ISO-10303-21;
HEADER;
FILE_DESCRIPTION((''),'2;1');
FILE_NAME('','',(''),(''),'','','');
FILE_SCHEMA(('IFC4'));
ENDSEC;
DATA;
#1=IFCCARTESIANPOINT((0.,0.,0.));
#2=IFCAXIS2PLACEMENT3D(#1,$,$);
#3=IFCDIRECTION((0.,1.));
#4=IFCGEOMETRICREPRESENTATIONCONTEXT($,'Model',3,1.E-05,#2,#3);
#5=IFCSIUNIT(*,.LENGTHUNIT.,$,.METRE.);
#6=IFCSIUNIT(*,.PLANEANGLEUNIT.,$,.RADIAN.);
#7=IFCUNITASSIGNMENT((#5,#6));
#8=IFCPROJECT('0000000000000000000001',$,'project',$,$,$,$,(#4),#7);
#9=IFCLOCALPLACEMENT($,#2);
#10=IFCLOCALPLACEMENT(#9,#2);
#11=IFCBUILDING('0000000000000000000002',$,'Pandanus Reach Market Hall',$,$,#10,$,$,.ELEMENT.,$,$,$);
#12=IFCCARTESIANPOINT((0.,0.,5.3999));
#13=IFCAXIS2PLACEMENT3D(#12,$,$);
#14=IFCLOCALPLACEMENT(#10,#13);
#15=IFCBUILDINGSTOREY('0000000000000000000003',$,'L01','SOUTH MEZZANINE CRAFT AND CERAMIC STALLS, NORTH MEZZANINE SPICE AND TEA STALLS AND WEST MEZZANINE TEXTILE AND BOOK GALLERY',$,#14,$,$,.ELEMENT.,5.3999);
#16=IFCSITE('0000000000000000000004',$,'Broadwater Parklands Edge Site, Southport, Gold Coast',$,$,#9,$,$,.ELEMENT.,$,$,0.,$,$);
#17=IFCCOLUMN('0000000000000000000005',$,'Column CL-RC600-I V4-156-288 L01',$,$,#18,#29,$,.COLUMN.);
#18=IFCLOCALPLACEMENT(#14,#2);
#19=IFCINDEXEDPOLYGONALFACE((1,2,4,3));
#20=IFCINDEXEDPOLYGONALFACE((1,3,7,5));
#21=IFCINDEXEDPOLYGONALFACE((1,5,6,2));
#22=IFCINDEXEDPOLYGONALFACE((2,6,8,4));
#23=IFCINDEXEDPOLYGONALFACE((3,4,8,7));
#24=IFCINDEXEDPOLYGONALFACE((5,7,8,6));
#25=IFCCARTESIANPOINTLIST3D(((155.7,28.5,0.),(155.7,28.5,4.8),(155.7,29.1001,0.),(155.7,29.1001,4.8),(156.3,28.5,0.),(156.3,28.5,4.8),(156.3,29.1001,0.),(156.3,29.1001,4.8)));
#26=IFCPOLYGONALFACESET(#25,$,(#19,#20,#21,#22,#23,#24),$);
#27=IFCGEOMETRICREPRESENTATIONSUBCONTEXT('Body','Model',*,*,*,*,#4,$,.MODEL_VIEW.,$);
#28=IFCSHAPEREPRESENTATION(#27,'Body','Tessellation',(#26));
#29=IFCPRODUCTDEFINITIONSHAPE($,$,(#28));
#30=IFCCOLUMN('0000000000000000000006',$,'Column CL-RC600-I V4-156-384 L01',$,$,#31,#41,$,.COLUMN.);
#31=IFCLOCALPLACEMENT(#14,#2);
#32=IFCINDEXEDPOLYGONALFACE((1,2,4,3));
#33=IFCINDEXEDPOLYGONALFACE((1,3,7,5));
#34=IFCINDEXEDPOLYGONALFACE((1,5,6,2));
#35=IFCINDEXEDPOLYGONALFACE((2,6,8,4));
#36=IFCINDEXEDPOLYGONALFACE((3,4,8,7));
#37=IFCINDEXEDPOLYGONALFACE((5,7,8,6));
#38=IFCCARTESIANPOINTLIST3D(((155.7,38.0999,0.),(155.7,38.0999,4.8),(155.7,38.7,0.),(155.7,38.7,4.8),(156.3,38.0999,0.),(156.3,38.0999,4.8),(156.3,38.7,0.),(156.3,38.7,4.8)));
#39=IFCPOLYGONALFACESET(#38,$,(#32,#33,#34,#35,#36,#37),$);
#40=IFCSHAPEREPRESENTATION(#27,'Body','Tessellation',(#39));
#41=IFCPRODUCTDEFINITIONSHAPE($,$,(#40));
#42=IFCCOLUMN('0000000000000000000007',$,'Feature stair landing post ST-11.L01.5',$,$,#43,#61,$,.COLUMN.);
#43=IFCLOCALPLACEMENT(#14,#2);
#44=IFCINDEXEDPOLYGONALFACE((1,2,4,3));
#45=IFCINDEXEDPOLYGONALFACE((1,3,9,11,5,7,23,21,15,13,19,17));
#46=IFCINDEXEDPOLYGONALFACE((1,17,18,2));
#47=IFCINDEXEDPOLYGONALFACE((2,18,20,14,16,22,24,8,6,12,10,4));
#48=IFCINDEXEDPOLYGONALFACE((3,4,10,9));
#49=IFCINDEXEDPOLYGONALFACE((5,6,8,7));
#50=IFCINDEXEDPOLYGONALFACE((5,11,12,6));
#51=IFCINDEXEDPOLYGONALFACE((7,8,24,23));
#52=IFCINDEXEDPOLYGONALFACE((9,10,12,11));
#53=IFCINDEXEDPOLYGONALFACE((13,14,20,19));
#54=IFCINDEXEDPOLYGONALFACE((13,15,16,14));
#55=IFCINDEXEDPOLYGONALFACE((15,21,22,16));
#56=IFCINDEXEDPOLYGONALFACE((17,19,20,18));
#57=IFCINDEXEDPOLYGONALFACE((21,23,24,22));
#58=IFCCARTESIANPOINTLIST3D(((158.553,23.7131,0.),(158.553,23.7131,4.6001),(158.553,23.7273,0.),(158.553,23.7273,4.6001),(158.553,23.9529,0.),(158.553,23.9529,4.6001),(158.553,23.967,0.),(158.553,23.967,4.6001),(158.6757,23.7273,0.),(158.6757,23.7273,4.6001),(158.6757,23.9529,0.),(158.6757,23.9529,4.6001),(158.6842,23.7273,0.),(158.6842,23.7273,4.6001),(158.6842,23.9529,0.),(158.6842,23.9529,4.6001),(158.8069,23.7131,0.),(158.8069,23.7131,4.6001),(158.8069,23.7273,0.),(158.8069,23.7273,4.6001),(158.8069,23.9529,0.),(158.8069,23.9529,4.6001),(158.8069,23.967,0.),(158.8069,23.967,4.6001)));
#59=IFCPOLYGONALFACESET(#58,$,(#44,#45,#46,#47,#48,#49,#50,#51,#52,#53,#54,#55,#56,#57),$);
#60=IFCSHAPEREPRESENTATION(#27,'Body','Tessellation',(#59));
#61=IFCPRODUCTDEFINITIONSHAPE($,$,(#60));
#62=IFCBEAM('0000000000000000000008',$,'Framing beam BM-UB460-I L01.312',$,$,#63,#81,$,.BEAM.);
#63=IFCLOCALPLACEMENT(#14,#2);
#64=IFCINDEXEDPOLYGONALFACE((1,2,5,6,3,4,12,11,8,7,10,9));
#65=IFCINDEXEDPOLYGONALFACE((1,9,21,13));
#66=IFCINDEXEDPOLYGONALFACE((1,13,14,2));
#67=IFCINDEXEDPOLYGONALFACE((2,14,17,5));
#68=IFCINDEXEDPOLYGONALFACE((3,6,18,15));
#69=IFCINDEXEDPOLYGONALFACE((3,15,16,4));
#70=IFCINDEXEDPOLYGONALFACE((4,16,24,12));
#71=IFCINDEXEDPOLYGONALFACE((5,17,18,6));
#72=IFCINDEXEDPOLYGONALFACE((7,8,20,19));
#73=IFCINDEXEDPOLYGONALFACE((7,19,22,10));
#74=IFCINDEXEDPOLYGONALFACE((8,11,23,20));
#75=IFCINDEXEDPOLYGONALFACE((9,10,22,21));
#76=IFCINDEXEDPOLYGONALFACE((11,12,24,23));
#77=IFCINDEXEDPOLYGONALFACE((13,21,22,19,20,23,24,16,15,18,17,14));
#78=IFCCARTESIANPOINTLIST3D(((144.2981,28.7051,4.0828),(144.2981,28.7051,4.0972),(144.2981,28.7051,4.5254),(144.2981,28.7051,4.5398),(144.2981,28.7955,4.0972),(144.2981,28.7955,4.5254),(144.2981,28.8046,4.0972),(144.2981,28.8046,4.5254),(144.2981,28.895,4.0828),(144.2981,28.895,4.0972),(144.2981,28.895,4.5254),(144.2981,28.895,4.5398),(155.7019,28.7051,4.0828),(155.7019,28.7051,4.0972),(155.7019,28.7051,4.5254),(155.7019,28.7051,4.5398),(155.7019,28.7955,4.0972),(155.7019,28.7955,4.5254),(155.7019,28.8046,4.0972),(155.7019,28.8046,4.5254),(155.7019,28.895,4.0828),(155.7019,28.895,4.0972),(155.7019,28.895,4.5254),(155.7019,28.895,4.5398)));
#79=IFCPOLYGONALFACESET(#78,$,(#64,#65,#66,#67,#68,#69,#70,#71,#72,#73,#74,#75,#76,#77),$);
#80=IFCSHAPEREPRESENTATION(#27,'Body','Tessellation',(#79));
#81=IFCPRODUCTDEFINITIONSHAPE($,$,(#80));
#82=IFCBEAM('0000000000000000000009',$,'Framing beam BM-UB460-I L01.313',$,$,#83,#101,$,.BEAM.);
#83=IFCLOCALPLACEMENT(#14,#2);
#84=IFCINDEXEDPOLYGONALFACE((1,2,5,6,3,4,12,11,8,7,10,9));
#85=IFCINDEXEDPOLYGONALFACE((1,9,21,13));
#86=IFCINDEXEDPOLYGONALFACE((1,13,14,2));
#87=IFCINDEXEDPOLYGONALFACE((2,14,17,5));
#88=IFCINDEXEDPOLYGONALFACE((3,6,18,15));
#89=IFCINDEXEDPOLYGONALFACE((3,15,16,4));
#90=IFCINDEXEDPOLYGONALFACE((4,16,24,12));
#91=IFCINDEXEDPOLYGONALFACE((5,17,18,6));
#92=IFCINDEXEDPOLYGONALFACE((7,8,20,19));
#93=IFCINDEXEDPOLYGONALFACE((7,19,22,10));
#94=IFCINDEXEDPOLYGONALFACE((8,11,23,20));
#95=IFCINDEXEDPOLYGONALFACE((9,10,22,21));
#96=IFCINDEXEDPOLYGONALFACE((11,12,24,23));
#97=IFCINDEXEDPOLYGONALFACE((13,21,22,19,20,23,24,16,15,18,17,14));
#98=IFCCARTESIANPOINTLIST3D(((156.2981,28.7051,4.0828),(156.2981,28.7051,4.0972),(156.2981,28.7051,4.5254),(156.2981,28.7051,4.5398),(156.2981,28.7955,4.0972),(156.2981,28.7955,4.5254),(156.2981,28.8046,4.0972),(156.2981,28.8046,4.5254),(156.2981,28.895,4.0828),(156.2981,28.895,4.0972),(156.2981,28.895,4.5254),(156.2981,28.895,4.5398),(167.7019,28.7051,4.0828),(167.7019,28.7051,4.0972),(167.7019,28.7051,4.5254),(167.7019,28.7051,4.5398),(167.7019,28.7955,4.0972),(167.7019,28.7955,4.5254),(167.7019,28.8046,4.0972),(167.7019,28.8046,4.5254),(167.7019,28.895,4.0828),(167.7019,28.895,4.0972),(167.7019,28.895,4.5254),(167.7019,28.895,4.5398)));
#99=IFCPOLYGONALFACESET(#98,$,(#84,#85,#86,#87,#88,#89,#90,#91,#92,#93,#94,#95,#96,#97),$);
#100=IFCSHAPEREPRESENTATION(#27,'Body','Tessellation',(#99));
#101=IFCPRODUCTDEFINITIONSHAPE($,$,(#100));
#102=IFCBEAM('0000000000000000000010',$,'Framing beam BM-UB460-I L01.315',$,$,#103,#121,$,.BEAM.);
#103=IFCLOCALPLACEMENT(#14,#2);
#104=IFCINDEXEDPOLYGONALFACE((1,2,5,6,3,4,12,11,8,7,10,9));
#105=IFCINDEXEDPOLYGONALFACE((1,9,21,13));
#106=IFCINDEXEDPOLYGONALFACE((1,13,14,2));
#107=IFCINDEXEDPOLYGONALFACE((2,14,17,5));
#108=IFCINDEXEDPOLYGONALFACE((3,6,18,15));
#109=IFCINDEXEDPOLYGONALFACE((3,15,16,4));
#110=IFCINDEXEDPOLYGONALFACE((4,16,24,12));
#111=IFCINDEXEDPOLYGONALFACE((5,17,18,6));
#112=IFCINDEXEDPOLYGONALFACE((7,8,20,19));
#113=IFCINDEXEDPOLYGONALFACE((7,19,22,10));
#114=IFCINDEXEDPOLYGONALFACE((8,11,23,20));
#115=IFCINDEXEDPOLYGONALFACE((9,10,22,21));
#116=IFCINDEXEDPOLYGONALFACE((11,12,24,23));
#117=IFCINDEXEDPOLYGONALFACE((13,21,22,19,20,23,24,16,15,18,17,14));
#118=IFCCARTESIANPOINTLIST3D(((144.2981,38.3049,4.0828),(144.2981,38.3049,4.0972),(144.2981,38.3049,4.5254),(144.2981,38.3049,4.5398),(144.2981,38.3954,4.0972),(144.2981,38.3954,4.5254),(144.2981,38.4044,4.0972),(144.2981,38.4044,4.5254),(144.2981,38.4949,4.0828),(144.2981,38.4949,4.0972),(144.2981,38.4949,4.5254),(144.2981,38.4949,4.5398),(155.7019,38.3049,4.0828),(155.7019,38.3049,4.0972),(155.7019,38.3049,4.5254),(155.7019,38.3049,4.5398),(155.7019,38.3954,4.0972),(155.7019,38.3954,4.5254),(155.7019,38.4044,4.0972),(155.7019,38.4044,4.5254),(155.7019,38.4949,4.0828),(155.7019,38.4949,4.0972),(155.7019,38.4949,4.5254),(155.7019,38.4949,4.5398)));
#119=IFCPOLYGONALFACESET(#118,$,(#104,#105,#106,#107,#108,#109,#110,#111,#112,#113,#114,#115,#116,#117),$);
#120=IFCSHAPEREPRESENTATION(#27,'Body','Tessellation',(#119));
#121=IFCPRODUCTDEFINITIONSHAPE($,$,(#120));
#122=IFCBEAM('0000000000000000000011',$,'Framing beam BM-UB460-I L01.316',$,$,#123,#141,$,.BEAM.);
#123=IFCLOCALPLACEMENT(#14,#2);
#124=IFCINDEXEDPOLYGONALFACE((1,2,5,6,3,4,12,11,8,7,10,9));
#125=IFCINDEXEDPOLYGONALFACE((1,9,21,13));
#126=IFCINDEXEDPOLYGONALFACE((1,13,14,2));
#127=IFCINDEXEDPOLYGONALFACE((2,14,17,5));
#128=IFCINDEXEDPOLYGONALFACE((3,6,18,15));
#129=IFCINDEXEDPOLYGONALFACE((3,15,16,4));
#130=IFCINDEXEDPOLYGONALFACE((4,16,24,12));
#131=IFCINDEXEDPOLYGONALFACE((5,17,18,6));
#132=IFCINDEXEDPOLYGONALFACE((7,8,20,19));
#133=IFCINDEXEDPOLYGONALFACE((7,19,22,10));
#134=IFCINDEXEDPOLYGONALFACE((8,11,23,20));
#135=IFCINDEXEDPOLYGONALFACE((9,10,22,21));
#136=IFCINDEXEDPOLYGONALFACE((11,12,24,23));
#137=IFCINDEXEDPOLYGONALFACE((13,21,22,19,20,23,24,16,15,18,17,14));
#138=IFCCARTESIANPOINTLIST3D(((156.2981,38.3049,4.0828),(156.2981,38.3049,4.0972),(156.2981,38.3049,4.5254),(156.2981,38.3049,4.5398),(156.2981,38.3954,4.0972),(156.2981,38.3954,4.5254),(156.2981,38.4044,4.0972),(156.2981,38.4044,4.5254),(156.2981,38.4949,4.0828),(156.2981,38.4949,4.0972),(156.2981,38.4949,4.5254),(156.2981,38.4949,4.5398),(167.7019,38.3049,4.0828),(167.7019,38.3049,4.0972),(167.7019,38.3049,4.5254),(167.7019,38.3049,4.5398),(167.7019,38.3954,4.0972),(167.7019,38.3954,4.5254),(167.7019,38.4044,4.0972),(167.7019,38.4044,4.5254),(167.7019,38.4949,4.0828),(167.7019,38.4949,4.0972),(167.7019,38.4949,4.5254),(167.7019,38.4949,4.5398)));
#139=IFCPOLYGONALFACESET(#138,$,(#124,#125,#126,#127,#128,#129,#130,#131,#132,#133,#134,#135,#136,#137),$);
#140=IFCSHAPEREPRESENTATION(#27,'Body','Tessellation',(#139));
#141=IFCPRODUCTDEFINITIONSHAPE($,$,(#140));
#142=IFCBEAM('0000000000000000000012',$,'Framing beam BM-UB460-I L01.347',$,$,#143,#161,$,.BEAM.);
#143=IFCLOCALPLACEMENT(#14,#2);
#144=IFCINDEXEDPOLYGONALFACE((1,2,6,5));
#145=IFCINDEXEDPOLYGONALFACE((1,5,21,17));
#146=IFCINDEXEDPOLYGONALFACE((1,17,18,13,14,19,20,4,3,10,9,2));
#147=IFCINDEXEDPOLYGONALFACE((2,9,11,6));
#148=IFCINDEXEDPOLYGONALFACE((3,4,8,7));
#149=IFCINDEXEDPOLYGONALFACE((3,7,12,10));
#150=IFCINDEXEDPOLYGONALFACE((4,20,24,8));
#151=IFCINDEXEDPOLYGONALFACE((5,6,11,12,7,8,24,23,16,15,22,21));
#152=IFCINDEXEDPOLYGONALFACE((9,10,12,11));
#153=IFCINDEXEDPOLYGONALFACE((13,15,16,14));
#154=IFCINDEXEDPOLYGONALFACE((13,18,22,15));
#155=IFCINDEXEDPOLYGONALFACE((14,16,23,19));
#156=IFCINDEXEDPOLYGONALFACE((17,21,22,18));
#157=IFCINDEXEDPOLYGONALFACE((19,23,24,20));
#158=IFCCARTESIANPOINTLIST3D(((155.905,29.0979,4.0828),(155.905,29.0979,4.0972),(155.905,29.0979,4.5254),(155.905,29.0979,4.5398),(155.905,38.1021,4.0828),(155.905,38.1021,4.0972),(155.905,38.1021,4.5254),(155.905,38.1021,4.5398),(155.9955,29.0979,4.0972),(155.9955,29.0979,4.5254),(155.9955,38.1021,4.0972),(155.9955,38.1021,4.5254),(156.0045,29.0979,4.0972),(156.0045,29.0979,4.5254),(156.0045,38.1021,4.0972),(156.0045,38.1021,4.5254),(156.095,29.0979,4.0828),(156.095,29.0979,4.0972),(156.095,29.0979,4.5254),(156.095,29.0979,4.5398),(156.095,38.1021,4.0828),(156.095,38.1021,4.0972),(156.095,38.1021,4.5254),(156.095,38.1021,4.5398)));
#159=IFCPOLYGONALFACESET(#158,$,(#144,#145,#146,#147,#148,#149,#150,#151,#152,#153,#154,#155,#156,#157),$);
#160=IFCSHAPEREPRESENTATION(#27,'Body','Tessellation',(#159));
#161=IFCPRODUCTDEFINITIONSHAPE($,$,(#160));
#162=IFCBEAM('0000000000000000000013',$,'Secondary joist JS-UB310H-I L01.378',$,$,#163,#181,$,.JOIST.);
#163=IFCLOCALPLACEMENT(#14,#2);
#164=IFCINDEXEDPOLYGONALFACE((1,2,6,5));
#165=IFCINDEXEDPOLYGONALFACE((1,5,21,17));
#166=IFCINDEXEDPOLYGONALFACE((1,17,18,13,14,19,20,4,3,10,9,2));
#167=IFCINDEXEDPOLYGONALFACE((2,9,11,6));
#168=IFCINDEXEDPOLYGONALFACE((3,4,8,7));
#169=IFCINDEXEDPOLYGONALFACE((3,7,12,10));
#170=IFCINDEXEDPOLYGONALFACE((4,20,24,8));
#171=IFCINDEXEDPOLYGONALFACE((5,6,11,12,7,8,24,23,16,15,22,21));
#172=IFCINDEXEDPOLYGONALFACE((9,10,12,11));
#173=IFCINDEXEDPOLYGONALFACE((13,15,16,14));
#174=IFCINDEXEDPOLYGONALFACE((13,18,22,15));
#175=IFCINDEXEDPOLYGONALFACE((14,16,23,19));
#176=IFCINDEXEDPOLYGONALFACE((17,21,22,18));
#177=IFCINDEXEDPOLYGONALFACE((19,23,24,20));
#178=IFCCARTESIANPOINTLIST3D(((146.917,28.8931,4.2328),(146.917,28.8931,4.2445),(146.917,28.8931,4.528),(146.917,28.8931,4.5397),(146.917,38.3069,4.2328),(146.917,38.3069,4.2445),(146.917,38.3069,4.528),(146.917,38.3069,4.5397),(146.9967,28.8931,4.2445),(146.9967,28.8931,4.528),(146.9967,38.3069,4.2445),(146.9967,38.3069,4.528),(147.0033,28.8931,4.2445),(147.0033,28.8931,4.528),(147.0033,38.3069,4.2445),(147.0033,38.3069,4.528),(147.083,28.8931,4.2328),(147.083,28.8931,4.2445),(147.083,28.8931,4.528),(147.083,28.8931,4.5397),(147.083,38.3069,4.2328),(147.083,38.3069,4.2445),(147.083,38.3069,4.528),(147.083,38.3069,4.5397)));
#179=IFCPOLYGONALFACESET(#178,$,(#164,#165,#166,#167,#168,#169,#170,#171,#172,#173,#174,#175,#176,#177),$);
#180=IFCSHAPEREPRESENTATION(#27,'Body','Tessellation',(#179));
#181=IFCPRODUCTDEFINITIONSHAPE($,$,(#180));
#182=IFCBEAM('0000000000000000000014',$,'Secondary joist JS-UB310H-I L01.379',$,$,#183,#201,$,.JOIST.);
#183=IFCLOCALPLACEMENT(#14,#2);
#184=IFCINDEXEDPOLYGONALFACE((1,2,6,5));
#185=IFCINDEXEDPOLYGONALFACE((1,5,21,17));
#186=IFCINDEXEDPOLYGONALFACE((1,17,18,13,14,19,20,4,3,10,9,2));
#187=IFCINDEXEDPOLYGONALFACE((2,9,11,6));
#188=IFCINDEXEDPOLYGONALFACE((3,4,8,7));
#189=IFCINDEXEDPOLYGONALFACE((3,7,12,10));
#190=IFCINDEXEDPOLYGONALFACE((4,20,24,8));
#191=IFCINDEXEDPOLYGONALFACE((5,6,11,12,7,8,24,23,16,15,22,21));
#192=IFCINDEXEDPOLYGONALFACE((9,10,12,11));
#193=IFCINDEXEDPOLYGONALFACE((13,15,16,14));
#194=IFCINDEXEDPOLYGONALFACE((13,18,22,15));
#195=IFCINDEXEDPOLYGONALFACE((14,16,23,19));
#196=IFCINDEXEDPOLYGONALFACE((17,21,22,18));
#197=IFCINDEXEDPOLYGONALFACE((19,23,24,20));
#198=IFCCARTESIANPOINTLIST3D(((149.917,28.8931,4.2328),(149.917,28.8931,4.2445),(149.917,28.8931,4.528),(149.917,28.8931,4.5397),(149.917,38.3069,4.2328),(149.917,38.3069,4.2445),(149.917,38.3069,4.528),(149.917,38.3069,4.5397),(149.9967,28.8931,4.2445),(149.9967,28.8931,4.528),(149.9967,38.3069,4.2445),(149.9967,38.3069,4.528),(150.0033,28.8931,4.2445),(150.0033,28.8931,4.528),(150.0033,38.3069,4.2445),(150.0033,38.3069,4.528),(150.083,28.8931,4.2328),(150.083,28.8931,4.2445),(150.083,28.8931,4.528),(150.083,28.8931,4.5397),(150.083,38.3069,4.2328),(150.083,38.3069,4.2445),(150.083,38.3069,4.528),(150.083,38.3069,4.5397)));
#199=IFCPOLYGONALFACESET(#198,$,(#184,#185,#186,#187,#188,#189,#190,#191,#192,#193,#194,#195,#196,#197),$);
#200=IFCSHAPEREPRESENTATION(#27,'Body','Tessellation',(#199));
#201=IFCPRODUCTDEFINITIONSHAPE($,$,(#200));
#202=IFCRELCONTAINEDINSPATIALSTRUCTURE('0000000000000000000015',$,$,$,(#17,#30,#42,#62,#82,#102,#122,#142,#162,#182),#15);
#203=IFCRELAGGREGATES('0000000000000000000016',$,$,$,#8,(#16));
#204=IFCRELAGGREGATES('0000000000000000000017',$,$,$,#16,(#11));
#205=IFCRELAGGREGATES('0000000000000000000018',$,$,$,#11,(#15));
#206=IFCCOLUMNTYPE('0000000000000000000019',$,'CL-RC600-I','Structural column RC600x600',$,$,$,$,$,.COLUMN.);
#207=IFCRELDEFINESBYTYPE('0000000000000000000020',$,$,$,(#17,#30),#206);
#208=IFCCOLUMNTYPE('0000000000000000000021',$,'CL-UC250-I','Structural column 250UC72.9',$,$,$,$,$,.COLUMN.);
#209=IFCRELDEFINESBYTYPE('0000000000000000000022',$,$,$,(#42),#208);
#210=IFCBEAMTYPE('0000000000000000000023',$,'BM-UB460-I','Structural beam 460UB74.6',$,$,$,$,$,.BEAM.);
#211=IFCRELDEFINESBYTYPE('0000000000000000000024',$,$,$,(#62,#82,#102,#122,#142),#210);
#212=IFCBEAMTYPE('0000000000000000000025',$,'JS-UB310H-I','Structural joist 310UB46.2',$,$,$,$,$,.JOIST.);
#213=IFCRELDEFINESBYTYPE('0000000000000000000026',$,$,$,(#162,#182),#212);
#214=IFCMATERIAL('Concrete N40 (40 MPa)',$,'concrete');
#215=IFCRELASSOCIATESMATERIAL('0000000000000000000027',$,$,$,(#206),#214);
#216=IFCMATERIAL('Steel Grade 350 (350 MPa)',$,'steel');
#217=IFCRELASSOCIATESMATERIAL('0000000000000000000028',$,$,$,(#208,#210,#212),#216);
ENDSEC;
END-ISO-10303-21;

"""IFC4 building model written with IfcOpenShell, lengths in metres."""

from ifc_helpers import new_model, si_unit, direction, frame, origin, origin_2d, place, context, subcontext, project, spatial, rectangle, i_section, extrude, material, material_profile, profile_set, type_object, element, save


model = new_model("IFC4")

# Units and contexts
model_context = context("Model", 3, precision=1e-05, world=origin(), true_north=direction((0.0, 1.0)))
body_context = subcontext(model_context, "Body", "Model", "MODEL_VIEW")
ifc_project = project(units=[si_unit("LENGTHUNIT", "METRE"), si_unit("PLANEANGLEUNIT", "RADIAN")], contexts=[model_context])

# Site, building, storey
site_placement = place(None, origin())
site = spatial("IfcSite", under=ifc_project, at=site_placement, Name="Broadwater Parklands Edge Site, Southport, Gold Coast", CompositionType="ELEMENT", RefElevation=0.0)
building_placement = place(site_placement, origin())
building = spatial("IfcBuilding", under=site, at=building_placement, Name="Pandanus Reach Market Hall", CompositionType="ELEMENT")
storey_placement = place(building_placement, frame((0.0, 0.0, 5.3999)))
storey = spatial("IfcBuildingStorey", under=building, at=storey_placement, Name="L01", Description="SOUTH MEZZANINE CRAFT AND CERAMIC STALLS, NORTH MEZZANINE SPICE AND TEA STALLS AND WEST MEZZANINE TEXTILE AND BOOK GALLERY", CompositionType="ELEMENT", Elevation=5.3999)

# Columns
ifc_material_1 = material(Name="Concrete N40 (40 MPa)", Category="concrete")
ifc_material_profile_1 = material_profile(ifc_material_1, rectangle(XDim=0.6001, YDim=0.6001, at=origin_2d()), Name="RC600x600", Category="LoadBearing")
ifc_profile_set_1 = profile_set([ifc_material_profile_1], Name="Concrete N40 (40 MPa)")
column_type_1 = type_object("IfcColumnType", Name="CL-RC600-I", Description="Structural column RC600x600", PredefinedType="COLUMN", material=ifc_profile_set_1)
for number, where, z_axis, x_axis, name in (
    (1, (156.0, 28.8, 0.0), (0.0, 0.0, 1.0), (1.0, 0.0, 0.0), "Column CL-RC600-I V4-156-288 L01"),
    (2, (156.0, 38.3999, 0.0), (0.0, 0.0, 1.0), (1.0, 0.0, 0.0), "Column CL-RC600-I V4-156-384 L01"),
):
    element("IfcColumn", number, at=place(storey_placement, frame(where, z_axis=z_axis, x_axis=x_axis)), inside=storey, type_object=column_type_1, Name=name, PredefinedType="COLUMN", context=body_context, shape_type="SweptSolid", body=[
        extrude(rectangle(XDim=0.6001, YDim=0.6001, at=origin_2d()), origin(), (0.0, 0.0, 1.0), 4.8),
    ])
ifc_material_2 = material(Name="Steel Grade 350 (350 MPa)", Category="steel")
ifc_material_profile_2 = material_profile(ifc_material_2, i_section(OverallWidth=0.2539, OverallDepth=0.2539, WebThickness=0.0085, FlangeThickness=0.0142, at=origin_2d()), Name="250UC72.9", Category="LoadBearing")
ifc_profile_set_2 = profile_set([ifc_material_profile_2], Name="Steel Grade 350 (350 MPa)")
column_type_2 = type_object("IfcColumnType", Name="CL-UC250-I", Description="Structural column 250UC72.9", PredefinedType="COLUMN", material=ifc_profile_set_2)
column_placement = place(storey_placement, frame((158.6799, 23.8401, 0.0), z_axis=(0.0, 0.0, 1.0), x_axis=(1.0, 0.0, 0.0)))
element("IfcColumn", 3, at=column_placement, inside=storey, type_object=column_type_2, Name="Feature stair landing post ST-11.L01.5", PredefinedType="COLUMN", context=body_context, shape_type="SweptSolid", body=[
    extrude(i_section(OverallWidth=0.2539, OverallDepth=0.2539, WebThickness=0.0085, FlangeThickness=0.0142, at=origin_2d()), origin(), (0.0, 0.0, 1.0), 4.6001),
])

# Beams
ifc_material_profile_3 = material_profile(ifc_material_2, i_section(OverallWidth=0.1899, OverallDepth=0.457, WebThickness=0.009, FlangeThickness=0.0144, at=origin_2d()), Name="460UB74.6", Category="LoadBearing")
ifc_profile_set_3 = profile_set([ifc_material_profile_3], Name="Steel Grade 350 (350 MPa)")
beam_type_1 = type_object("IfcBeamType", Name="BM-UB460-I", Description="Structural beam 460UB74.6", PredefinedType="BEAM", material=ifc_profile_set_3)
for number, where, z_axis, x_axis, name in (
    (4, (144.2981, 28.8, 4.3113), (1.0, 0.0, 0.0), (0.0, 1.0, 0.0), "Framing beam BM-UB460-I L01.312"),
    (5, (156.2981, 28.8, 4.3113), (1.0, 0.0, 0.0), (0.0, 1.0, 0.0), "Framing beam BM-UB460-I L01.313"),
    (6, (144.2981, 38.3999, 4.3113), (1.0, 0.0, 0.0), (0.0, 1.0, 0.0), "Framing beam BM-UB460-I L01.315"),
    (7, (156.2981, 38.3999, 4.3113), (1.0, 0.0, 0.0), (0.0, 1.0, 0.0), "Framing beam BM-UB460-I L01.316"),
):
    element("IfcBeam", number, at=place(storey_placement, frame(where, z_axis=z_axis, x_axis=x_axis)), inside=storey, type_object=beam_type_1, Name=name, PredefinedType="BEAM", context=body_context, shape_type="SweptSolid", body=[
        extrude(i_section(OverallWidth=0.1899, OverallDepth=0.457, WebThickness=0.009, FlangeThickness=0.0144, at=origin_2d()), origin(), (0.0, 0.0, 1.0), 11.4038),
    ])
beam_placement = place(storey_placement, frame((156.0, 29.0979, 4.3113), z_axis=(0.0, 1.0, 0.0), x_axis=(-1.0, 0.0, 0.0)))
element("IfcBeam", 8, at=beam_placement, inside=storey, type_object=beam_type_1, Name="Framing beam BM-UB460-I L01.347", PredefinedType="BEAM", context=body_context, shape_type="SweptSolid", body=[
    extrude(i_section(OverallWidth=0.1899, OverallDepth=0.457, WebThickness=0.009, FlangeThickness=0.0144, at=origin_2d()), origin(), (0.0, 0.0, 1.0), 9.0042),
])
ifc_material_profile_4 = material_profile(ifc_material_2, i_section(OverallWidth=0.166, OverallDepth=0.3069, WebThickness=0.0066, FlangeThickness=0.0117, at=origin_2d()), Name="310UB46.2", Category="LoadBearing")
ifc_profile_set_4 = profile_set([ifc_material_profile_4], Name="Steel Grade 350 (350 MPa)")
beam_type_2 = type_object("IfcBeamType", Name="JS-UB310H-I", Description="Structural joist 310UB46.2", PredefinedType="JOIST", material=ifc_profile_set_4)
for number, where, z_axis, x_axis, name in (
    (9, (147.0, 28.8931, 4.3862), (0.0, 1.0, 0.0), (-1.0, 0.0, 0.0), "Secondary joist JS-UB310H-I L01.378"),
    (10, (150.0, 28.8931, 4.3862), (0.0, 1.0, 0.0), (-1.0, 0.0, 0.0), "Secondary joist JS-UB310H-I L01.379"),
):
    element("IfcBeam", number, at=place(storey_placement, frame(where, z_axis=z_axis, x_axis=x_axis)), inside=storey, type_object=beam_type_2, Name=name, PredefinedType="JOIST", context=body_context, shape_type="SweptSolid", body=[
        extrude(i_section(OverallWidth=0.166, OverallDepth=0.3069, WebThickness=0.0066, FlangeThickness=0.0117, at=origin_2d()), origin(), (0.0, 0.0, 1.0), 9.4138),
    ])

save(model, "model.ifc")
